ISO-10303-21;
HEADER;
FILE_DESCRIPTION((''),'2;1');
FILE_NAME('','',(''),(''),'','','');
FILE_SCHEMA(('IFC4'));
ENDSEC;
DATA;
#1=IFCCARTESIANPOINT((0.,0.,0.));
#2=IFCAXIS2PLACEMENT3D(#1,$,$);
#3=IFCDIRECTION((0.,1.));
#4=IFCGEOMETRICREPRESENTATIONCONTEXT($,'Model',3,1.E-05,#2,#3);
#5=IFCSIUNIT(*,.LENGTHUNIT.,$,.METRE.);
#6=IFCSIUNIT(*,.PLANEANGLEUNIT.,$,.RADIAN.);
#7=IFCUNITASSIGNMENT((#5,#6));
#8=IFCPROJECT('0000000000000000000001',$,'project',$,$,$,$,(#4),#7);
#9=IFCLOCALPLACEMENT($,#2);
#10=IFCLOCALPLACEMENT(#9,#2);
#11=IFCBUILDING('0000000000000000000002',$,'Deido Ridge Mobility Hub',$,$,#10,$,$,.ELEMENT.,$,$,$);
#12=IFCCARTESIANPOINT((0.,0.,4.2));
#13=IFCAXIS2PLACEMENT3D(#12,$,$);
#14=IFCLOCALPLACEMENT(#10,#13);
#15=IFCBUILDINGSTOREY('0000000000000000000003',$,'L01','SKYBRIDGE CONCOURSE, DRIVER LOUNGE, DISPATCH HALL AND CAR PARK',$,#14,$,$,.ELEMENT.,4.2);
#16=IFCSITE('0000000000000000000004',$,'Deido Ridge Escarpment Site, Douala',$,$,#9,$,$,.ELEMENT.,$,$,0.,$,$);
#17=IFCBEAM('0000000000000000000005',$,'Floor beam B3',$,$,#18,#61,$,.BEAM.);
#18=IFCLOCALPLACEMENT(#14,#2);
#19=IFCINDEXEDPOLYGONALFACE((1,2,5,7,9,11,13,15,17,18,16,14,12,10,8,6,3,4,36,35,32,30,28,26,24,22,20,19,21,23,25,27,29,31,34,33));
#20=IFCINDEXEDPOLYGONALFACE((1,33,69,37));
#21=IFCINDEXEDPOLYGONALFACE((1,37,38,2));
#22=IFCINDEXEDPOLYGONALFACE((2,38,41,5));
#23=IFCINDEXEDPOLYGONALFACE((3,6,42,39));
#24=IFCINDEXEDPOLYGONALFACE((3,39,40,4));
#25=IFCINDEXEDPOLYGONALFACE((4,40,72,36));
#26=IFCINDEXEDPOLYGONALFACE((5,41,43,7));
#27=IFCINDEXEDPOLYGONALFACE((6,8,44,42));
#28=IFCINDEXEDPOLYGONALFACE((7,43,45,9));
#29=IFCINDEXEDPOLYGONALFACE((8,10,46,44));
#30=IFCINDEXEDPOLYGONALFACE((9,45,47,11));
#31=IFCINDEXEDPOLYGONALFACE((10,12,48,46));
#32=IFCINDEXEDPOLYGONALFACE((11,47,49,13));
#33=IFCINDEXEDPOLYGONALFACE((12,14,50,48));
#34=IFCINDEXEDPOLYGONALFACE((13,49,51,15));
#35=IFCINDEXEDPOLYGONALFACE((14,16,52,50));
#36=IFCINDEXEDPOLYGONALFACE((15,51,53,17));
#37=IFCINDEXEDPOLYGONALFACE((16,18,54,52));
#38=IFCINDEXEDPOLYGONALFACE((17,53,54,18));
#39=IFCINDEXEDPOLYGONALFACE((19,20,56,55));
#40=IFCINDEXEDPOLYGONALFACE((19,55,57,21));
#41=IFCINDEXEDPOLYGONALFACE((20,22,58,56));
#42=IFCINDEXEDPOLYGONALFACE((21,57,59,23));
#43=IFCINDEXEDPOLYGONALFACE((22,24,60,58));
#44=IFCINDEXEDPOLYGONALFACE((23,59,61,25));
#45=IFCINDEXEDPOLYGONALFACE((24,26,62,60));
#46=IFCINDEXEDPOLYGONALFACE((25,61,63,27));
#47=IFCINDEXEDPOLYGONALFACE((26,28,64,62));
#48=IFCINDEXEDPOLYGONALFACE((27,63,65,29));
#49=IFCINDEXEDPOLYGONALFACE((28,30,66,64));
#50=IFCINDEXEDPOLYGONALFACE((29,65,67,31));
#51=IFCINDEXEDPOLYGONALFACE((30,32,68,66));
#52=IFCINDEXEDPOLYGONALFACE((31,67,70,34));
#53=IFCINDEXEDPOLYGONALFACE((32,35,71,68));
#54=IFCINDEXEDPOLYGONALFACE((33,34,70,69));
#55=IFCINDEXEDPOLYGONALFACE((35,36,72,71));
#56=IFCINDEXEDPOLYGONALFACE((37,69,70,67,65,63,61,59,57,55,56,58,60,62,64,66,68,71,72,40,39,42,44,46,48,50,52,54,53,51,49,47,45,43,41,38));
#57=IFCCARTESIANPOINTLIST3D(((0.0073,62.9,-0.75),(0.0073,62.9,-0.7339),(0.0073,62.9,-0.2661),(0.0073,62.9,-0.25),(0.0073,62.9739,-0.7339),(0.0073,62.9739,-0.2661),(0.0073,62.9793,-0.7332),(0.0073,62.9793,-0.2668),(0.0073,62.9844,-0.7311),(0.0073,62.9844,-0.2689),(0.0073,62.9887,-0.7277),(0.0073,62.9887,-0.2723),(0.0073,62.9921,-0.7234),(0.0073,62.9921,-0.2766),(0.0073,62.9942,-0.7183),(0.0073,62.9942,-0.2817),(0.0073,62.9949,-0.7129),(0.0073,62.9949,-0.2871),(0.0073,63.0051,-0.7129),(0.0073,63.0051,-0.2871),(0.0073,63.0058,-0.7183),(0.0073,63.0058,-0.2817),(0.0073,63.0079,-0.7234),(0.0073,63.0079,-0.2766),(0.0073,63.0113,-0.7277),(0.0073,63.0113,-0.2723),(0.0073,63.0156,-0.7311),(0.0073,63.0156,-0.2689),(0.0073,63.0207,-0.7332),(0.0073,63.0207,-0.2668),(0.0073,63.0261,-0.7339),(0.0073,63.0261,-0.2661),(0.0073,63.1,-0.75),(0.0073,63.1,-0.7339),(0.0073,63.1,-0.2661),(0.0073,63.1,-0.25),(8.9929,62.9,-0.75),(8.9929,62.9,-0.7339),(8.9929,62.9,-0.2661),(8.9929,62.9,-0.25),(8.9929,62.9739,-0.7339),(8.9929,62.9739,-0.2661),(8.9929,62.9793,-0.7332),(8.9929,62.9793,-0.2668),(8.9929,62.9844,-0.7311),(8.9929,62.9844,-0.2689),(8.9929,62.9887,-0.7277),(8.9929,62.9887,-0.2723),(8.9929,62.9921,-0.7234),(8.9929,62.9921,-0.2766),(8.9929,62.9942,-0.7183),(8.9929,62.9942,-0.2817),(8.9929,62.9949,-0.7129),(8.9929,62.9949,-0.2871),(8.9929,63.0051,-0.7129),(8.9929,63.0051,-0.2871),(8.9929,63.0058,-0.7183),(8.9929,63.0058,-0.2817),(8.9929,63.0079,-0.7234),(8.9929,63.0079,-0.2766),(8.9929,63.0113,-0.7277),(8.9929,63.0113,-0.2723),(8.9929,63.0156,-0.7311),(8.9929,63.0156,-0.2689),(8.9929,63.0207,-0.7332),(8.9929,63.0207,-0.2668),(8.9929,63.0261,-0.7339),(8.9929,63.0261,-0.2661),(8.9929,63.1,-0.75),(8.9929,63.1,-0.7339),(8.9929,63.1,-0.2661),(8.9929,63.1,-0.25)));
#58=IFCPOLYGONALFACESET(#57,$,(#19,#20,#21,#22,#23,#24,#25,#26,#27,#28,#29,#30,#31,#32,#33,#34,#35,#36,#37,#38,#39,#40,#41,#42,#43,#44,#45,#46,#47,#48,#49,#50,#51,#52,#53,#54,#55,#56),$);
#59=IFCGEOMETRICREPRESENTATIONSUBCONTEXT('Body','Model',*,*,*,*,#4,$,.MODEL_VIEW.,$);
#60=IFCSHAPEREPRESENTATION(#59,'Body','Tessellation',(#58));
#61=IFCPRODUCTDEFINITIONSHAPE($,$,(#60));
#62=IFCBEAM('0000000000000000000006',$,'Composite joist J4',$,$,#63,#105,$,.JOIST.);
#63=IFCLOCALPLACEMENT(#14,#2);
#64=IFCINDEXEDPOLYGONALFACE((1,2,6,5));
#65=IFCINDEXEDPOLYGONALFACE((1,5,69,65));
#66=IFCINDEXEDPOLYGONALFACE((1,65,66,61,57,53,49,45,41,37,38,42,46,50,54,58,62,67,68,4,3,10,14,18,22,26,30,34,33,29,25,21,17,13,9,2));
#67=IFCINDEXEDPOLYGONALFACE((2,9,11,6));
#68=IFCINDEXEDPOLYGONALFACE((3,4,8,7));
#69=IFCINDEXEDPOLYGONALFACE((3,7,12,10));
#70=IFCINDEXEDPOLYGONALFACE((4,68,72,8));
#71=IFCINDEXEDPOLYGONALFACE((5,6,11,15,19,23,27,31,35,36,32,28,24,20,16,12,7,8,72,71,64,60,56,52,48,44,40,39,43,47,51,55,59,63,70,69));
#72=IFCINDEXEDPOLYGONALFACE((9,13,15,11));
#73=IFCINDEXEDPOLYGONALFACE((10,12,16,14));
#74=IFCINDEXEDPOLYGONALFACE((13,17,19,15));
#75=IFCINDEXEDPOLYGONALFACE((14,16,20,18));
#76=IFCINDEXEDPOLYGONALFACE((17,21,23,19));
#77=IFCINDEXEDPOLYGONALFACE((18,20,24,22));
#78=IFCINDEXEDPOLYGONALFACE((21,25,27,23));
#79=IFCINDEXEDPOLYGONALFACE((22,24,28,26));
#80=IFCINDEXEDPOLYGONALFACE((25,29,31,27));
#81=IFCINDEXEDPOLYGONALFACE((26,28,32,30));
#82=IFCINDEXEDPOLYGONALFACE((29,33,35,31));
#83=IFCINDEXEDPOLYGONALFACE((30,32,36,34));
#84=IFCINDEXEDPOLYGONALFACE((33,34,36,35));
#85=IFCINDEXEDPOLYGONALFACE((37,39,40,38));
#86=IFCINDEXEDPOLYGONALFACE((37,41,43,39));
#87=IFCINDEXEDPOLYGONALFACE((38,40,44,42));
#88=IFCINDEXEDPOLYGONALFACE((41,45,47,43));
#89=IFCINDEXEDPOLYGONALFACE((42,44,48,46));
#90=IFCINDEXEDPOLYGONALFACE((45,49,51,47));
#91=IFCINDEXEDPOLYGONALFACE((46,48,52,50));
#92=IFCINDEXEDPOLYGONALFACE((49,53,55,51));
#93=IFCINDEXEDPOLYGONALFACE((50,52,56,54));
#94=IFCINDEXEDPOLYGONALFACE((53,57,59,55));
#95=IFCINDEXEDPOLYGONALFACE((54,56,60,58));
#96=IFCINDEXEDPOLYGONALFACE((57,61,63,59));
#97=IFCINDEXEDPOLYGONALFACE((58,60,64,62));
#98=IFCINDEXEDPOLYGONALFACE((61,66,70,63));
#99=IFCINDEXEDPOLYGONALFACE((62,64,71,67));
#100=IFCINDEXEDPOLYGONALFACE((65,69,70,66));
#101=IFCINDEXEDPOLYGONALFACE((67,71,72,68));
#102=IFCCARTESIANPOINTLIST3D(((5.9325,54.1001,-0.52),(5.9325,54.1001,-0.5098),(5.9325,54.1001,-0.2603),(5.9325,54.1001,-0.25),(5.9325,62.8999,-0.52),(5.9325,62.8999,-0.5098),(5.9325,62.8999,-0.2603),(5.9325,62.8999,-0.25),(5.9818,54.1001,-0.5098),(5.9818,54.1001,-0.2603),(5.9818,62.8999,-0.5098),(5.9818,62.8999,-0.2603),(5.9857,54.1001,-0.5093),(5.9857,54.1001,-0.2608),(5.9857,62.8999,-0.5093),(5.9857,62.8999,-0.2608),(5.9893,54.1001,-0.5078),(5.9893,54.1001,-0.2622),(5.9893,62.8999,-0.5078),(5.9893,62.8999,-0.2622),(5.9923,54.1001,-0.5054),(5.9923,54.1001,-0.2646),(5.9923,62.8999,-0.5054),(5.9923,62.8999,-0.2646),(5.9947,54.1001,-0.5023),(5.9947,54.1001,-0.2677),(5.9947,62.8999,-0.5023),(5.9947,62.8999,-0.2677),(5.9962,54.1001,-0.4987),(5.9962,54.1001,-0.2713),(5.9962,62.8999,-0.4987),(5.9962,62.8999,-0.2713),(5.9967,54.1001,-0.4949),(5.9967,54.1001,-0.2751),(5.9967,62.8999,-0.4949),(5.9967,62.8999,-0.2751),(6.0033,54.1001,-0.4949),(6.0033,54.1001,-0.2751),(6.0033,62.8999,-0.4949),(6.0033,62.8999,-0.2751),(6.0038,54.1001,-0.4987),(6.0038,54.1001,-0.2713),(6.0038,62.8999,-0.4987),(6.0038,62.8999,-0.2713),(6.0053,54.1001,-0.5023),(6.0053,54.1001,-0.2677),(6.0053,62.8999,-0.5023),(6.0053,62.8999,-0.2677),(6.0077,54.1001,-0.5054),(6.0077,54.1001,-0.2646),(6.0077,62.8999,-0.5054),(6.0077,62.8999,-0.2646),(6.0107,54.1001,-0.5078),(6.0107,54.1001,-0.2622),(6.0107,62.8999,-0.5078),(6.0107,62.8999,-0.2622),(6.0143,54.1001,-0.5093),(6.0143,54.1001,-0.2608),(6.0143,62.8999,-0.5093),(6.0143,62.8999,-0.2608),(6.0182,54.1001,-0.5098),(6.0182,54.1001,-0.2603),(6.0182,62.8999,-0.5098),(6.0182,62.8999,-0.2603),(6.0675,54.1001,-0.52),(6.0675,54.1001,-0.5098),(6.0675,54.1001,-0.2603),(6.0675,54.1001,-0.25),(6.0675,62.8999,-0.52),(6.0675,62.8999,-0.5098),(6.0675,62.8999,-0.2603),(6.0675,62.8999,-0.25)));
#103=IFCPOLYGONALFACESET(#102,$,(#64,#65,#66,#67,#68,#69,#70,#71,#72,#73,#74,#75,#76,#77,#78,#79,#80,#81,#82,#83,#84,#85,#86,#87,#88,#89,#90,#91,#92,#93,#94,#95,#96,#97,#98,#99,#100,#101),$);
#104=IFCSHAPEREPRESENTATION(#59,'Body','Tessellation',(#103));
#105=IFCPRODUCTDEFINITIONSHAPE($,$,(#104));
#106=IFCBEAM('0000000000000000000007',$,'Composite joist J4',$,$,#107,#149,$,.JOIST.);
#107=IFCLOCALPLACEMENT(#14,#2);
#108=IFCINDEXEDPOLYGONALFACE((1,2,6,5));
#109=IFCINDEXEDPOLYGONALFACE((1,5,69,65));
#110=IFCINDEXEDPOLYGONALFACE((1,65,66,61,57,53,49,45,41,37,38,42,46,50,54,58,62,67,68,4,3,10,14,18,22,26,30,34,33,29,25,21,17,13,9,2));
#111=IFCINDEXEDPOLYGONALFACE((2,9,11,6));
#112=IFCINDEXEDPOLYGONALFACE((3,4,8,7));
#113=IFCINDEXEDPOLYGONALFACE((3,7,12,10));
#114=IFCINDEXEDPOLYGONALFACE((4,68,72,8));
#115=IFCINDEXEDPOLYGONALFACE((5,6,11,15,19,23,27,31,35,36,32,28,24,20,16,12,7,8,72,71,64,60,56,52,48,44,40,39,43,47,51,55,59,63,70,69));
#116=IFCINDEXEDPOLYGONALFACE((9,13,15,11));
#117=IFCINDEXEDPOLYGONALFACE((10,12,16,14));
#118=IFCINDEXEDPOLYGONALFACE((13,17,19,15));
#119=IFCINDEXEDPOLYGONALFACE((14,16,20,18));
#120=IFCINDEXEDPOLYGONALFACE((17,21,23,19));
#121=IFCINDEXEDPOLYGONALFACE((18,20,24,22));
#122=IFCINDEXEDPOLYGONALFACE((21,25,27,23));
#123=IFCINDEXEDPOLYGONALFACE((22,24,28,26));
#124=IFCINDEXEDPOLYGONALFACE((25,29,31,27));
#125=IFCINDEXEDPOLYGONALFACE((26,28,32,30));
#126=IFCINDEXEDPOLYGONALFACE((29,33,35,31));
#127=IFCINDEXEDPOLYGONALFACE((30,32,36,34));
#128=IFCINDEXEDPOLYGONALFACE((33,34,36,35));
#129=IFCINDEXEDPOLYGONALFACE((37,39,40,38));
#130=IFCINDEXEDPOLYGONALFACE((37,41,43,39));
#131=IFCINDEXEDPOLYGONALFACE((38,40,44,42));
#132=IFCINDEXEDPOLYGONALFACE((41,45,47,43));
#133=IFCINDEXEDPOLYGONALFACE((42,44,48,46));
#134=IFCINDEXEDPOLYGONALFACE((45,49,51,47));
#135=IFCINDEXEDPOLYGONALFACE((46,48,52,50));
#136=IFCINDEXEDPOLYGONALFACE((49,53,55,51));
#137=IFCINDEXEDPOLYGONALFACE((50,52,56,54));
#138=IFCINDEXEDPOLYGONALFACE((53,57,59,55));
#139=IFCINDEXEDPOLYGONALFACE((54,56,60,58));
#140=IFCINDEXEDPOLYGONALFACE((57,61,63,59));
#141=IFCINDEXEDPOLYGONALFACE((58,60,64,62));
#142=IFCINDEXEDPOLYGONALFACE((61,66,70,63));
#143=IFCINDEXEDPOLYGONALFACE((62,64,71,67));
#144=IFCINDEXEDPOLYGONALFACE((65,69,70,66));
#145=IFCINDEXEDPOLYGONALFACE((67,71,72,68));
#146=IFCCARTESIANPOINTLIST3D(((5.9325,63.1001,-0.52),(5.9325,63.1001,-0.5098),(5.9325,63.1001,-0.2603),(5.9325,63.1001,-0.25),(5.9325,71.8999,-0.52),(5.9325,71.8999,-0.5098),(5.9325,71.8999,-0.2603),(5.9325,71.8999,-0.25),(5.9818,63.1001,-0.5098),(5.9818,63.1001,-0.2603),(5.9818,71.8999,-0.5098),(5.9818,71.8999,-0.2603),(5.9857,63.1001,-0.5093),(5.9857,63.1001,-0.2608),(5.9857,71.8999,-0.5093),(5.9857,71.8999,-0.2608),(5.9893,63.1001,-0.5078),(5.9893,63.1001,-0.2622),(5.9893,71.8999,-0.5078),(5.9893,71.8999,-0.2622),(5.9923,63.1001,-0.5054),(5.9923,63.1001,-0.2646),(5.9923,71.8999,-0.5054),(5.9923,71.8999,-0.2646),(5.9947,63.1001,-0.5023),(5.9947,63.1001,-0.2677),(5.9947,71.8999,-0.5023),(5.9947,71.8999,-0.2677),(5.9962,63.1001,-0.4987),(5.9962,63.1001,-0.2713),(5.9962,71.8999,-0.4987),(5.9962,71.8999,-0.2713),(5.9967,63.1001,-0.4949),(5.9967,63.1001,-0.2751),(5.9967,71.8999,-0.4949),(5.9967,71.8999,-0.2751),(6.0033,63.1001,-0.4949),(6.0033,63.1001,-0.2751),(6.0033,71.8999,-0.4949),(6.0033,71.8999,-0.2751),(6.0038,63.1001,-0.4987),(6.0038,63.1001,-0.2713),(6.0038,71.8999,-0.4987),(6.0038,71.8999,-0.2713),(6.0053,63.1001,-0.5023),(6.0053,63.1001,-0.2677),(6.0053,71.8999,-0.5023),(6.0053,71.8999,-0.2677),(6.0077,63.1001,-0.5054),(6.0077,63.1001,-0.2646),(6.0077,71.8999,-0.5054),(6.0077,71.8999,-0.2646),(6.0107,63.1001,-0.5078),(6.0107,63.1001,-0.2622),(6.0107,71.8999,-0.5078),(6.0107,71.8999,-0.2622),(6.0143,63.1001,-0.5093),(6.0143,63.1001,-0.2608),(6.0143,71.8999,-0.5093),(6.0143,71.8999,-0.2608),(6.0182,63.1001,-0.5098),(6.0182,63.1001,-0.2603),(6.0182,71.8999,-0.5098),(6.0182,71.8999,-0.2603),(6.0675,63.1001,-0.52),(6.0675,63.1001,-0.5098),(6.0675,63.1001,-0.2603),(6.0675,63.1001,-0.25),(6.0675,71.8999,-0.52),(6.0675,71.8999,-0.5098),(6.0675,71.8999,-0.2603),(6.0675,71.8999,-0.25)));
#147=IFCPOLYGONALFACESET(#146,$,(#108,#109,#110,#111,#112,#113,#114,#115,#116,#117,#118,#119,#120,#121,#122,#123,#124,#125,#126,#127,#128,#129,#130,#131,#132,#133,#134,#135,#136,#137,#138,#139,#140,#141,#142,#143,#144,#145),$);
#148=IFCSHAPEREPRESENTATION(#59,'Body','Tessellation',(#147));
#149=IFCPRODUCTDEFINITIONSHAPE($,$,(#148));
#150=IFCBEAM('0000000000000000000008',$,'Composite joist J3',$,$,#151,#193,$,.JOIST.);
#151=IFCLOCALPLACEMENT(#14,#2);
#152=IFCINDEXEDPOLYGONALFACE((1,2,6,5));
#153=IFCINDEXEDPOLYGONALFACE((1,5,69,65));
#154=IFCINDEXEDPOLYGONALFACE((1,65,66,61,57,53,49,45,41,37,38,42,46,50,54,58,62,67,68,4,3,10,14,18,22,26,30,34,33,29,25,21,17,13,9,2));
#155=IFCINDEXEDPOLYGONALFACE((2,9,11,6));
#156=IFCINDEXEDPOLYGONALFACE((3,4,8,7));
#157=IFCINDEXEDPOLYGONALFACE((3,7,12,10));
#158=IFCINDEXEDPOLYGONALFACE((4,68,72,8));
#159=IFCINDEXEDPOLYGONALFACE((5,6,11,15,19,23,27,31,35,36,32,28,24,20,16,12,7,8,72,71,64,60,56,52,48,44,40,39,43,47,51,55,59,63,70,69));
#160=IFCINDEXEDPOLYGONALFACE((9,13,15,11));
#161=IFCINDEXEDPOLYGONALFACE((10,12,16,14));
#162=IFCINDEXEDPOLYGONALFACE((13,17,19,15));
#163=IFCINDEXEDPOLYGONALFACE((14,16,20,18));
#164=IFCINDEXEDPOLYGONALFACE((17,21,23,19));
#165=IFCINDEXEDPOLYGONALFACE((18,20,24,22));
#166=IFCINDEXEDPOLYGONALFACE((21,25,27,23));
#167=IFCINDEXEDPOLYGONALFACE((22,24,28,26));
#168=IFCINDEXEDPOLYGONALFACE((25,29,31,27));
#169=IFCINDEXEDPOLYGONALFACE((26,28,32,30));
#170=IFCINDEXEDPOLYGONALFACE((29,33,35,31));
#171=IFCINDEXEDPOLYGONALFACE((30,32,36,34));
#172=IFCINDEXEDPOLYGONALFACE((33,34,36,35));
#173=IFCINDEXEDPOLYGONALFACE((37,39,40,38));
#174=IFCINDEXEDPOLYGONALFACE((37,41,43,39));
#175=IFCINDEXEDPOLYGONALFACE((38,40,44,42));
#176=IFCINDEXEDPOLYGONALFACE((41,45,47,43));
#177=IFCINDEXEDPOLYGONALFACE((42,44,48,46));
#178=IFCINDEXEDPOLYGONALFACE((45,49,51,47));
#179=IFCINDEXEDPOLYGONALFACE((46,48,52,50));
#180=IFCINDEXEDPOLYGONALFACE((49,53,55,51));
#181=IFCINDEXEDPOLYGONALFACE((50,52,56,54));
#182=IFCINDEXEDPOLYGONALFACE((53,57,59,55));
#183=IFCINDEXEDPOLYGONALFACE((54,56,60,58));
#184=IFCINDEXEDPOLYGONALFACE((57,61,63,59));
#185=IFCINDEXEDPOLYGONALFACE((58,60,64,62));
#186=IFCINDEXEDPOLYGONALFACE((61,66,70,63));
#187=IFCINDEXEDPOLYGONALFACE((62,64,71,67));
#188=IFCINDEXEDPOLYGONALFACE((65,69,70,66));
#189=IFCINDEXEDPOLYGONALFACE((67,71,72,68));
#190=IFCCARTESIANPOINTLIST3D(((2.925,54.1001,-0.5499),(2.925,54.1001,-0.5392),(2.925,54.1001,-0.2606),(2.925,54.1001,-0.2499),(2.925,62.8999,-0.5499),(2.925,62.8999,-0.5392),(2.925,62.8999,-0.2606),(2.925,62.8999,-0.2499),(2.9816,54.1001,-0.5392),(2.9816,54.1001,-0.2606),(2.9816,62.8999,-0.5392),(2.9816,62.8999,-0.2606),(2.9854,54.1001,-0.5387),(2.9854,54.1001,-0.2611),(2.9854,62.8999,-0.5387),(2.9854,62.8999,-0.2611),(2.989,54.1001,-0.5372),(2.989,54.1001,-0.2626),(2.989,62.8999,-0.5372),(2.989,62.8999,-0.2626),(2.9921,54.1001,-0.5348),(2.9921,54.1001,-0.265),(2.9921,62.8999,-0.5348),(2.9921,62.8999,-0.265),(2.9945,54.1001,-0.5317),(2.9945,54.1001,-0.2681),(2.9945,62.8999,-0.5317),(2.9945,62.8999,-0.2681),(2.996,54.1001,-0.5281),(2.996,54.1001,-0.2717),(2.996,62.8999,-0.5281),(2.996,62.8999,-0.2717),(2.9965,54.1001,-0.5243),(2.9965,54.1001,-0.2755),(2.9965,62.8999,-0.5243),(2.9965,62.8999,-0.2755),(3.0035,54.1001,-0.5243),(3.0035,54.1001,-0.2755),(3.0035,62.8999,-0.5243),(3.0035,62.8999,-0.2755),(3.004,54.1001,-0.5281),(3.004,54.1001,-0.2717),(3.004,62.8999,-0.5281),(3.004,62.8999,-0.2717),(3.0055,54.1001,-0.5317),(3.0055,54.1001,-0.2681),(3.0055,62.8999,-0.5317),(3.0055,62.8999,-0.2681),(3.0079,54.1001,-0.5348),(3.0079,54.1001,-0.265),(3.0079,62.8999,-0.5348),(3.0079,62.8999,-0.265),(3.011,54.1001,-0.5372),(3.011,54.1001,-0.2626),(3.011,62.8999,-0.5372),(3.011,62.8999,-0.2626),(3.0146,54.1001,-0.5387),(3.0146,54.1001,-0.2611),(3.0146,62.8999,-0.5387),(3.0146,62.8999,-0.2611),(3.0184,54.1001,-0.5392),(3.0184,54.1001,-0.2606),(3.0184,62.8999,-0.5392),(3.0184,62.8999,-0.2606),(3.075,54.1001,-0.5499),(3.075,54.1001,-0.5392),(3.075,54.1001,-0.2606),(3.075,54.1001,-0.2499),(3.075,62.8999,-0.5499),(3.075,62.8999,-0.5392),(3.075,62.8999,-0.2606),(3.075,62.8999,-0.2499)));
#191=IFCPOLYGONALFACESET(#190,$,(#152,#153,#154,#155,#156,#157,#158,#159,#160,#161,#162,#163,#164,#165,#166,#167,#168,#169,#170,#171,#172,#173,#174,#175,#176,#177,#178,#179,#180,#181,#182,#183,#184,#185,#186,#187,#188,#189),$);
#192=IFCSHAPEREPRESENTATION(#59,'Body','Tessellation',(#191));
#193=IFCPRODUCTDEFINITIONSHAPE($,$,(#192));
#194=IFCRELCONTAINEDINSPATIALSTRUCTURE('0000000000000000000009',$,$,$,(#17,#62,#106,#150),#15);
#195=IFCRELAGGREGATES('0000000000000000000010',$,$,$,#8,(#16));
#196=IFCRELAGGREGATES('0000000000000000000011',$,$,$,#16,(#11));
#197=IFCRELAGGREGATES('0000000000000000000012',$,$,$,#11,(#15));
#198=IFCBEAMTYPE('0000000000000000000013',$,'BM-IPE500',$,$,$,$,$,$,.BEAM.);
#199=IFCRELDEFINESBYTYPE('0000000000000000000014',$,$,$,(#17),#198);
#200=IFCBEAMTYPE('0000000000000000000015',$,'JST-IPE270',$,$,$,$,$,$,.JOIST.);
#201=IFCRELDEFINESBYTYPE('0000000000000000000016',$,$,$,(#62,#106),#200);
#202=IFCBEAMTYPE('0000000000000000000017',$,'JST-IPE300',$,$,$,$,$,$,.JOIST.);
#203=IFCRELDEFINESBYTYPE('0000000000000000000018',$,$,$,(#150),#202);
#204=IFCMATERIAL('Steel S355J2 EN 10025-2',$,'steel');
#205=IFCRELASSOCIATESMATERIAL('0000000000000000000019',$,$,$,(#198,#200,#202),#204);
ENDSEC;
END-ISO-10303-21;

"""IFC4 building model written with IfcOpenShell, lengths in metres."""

from ifc_helpers import new_model, si_unit, direction, frame, origin, origin_2d, place, context, subcontext, project, spatial, i_section, extrude, material, material_profile, profile_set, type_object, element, save


model = new_model("IFC4")

# Units and contexts
model_context = context("Model", 3, precision=1e-05, world=origin(), true_north=direction((0.0, 1.0)))
body_context = subcontext(model_context, "Body", "Model", "MODEL_VIEW")
ifc_project = project(units=[si_unit("LENGTHUNIT", "METRE"), si_unit("PLANEANGLEUNIT", "RADIAN")], contexts=[model_context])

# Site, building, storey
site_placement = place(None, origin())
site = spatial("IfcSite", under=ifc_project, at=site_placement, Name="Deido Ridge Escarpment Site, Douala", CompositionType="ELEMENT", RefElevation=0.0)
building_placement = place(site_placement, origin())
building = spatial("IfcBuilding", under=site, at=building_placement, Name="Deido Ridge Mobility Hub", CompositionType="ELEMENT")
storey_placement = place(building_placement, frame((0.0, 0.0, 4.2)))
storey = spatial("IfcBuildingStorey", under=building, at=storey_placement, Name="L01", Description="SKYBRIDGE CONCOURSE, DRIVER LOUNGE, DISPATCH HALL AND CAR PARK", CompositionType="ELEMENT", Elevation=4.2)

# Shared definitions
ifc_material_1 = material(Name="Steel S355J2 EN 10025-2", Category="steel")

# Beams
ifc_material_profile_1 = material_profile(ifc_material_1, i_section(OverallWidth=0.2, OverallDepth=0.5, WebThickness=0.0103, FlangeThickness=0.0161, FilletRadius=0.021, at=origin_2d()), Name="IPE 500")
ifc_profile_set_1 = profile_set([ifc_material_profile_1], Name="Steel S355J2 EN 10025-2")
beam_type_1 = type_object("IfcBeamType", Name="BM-IPE500", PredefinedType="BEAM", material=ifc_profile_set_1)
beam_1_placement = place(storey_placement, frame((0.0073, 63.0, -0.5), z_axis=(1.0, 0.0, 0.0), x_axis=(0.0, 1.0, 0.0)))
element("IfcBeam", 1, at=beam_1_placement, inside=storey, type_object=beam_type_1, Name="Floor beam B3", PredefinedType="BEAM", context=body_context, shape_type="SweptSolid", body=[
    extrude(i_section(OverallWidth=0.2, OverallDepth=0.5, WebThickness=0.0103, FlangeThickness=0.0161, FilletRadius=0.021, at=origin_2d()), origin(), (0.0, 0.0, 1.0), 8.9856),
])
ifc_material_profile_2 = material_profile(ifc_material_1, i_section(OverallWidth=0.135, OverallDepth=0.27, WebThickness=0.0066, FlangeThickness=0.0103, FilletRadius=0.0149, at=origin_2d()), Name="IPE 270")
ifc_profile_set_2 = profile_set([ifc_material_profile_2], Name="Steel S355J2 EN 10025-2")
beam_type_2 = type_object("IfcBeamType", Name="JST-IPE270", PredefinedType="JOIST", material=ifc_profile_set_2)
for number, where, z_axis, x_axis, name in (
    (2, (6.0, 54.1001, -0.385), (0.0, 1.0, 0.0), (-1.0, 0.0, 0.0), "Composite joist J4"),
    (3, (6.0, 63.1001, -0.385), (0.0, 1.0, 0.0), (-1.0, 0.0, 0.0), "Composite joist J4"),
):
    element("IfcBeam", number, at=place(storey_placement, frame(where, z_axis=z_axis, x_axis=x_axis)), inside=storey, type_object=beam_type_2, Name=name, PredefinedType="JOIST", context=body_context, shape_type="SweptSolid", body=[
        extrude(i_section(OverallWidth=0.135, OverallDepth=0.27, WebThickness=0.0066, FlangeThickness=0.0103, FilletRadius=0.0149, at=origin_2d()), origin(), (0.0, 0.0, 1.0), 8.7998),
    ])
ifc_material_profile_3 = material_profile(ifc_material_1, i_section(OverallWidth=0.1499, OverallDepth=0.3, WebThickness=0.0071, FlangeThickness=0.0107, FilletRadius=0.0149, at=origin_2d()), Name="IPE 300")
ifc_profile_set_3 = profile_set([ifc_material_profile_3], Name="Steel S355J2 EN 10025-2")
beam_type_3 = type_object("IfcBeamType", Name="JST-IPE300", PredefinedType="JOIST", material=ifc_profile_set_3)
for number, where, z_axis, x_axis, name in (
    (4, (3.0, 54.1001, -0.3999), (0.0, 1.0, 0.0), (-1.0, 0.0, 0.0), "Composite joist J3"),
):
    element("IfcBeam", number, at=place(storey_placement, frame(where, z_axis=z_axis, x_axis=x_axis)), inside=storey, type_object=beam_type_3, Name=name, PredefinedType="JOIST", context=body_context, shape_type="SweptSolid", body=[
        extrude(i_section(OverallWidth=0.1499, OverallDepth=0.3, WebThickness=0.0071, FlangeThickness=0.0107, FilletRadius=0.0149, at=origin_2d()), origin(), (0.0, 0.0, 1.0), 8.7998),
    ])

save(model, "model.ifc")
